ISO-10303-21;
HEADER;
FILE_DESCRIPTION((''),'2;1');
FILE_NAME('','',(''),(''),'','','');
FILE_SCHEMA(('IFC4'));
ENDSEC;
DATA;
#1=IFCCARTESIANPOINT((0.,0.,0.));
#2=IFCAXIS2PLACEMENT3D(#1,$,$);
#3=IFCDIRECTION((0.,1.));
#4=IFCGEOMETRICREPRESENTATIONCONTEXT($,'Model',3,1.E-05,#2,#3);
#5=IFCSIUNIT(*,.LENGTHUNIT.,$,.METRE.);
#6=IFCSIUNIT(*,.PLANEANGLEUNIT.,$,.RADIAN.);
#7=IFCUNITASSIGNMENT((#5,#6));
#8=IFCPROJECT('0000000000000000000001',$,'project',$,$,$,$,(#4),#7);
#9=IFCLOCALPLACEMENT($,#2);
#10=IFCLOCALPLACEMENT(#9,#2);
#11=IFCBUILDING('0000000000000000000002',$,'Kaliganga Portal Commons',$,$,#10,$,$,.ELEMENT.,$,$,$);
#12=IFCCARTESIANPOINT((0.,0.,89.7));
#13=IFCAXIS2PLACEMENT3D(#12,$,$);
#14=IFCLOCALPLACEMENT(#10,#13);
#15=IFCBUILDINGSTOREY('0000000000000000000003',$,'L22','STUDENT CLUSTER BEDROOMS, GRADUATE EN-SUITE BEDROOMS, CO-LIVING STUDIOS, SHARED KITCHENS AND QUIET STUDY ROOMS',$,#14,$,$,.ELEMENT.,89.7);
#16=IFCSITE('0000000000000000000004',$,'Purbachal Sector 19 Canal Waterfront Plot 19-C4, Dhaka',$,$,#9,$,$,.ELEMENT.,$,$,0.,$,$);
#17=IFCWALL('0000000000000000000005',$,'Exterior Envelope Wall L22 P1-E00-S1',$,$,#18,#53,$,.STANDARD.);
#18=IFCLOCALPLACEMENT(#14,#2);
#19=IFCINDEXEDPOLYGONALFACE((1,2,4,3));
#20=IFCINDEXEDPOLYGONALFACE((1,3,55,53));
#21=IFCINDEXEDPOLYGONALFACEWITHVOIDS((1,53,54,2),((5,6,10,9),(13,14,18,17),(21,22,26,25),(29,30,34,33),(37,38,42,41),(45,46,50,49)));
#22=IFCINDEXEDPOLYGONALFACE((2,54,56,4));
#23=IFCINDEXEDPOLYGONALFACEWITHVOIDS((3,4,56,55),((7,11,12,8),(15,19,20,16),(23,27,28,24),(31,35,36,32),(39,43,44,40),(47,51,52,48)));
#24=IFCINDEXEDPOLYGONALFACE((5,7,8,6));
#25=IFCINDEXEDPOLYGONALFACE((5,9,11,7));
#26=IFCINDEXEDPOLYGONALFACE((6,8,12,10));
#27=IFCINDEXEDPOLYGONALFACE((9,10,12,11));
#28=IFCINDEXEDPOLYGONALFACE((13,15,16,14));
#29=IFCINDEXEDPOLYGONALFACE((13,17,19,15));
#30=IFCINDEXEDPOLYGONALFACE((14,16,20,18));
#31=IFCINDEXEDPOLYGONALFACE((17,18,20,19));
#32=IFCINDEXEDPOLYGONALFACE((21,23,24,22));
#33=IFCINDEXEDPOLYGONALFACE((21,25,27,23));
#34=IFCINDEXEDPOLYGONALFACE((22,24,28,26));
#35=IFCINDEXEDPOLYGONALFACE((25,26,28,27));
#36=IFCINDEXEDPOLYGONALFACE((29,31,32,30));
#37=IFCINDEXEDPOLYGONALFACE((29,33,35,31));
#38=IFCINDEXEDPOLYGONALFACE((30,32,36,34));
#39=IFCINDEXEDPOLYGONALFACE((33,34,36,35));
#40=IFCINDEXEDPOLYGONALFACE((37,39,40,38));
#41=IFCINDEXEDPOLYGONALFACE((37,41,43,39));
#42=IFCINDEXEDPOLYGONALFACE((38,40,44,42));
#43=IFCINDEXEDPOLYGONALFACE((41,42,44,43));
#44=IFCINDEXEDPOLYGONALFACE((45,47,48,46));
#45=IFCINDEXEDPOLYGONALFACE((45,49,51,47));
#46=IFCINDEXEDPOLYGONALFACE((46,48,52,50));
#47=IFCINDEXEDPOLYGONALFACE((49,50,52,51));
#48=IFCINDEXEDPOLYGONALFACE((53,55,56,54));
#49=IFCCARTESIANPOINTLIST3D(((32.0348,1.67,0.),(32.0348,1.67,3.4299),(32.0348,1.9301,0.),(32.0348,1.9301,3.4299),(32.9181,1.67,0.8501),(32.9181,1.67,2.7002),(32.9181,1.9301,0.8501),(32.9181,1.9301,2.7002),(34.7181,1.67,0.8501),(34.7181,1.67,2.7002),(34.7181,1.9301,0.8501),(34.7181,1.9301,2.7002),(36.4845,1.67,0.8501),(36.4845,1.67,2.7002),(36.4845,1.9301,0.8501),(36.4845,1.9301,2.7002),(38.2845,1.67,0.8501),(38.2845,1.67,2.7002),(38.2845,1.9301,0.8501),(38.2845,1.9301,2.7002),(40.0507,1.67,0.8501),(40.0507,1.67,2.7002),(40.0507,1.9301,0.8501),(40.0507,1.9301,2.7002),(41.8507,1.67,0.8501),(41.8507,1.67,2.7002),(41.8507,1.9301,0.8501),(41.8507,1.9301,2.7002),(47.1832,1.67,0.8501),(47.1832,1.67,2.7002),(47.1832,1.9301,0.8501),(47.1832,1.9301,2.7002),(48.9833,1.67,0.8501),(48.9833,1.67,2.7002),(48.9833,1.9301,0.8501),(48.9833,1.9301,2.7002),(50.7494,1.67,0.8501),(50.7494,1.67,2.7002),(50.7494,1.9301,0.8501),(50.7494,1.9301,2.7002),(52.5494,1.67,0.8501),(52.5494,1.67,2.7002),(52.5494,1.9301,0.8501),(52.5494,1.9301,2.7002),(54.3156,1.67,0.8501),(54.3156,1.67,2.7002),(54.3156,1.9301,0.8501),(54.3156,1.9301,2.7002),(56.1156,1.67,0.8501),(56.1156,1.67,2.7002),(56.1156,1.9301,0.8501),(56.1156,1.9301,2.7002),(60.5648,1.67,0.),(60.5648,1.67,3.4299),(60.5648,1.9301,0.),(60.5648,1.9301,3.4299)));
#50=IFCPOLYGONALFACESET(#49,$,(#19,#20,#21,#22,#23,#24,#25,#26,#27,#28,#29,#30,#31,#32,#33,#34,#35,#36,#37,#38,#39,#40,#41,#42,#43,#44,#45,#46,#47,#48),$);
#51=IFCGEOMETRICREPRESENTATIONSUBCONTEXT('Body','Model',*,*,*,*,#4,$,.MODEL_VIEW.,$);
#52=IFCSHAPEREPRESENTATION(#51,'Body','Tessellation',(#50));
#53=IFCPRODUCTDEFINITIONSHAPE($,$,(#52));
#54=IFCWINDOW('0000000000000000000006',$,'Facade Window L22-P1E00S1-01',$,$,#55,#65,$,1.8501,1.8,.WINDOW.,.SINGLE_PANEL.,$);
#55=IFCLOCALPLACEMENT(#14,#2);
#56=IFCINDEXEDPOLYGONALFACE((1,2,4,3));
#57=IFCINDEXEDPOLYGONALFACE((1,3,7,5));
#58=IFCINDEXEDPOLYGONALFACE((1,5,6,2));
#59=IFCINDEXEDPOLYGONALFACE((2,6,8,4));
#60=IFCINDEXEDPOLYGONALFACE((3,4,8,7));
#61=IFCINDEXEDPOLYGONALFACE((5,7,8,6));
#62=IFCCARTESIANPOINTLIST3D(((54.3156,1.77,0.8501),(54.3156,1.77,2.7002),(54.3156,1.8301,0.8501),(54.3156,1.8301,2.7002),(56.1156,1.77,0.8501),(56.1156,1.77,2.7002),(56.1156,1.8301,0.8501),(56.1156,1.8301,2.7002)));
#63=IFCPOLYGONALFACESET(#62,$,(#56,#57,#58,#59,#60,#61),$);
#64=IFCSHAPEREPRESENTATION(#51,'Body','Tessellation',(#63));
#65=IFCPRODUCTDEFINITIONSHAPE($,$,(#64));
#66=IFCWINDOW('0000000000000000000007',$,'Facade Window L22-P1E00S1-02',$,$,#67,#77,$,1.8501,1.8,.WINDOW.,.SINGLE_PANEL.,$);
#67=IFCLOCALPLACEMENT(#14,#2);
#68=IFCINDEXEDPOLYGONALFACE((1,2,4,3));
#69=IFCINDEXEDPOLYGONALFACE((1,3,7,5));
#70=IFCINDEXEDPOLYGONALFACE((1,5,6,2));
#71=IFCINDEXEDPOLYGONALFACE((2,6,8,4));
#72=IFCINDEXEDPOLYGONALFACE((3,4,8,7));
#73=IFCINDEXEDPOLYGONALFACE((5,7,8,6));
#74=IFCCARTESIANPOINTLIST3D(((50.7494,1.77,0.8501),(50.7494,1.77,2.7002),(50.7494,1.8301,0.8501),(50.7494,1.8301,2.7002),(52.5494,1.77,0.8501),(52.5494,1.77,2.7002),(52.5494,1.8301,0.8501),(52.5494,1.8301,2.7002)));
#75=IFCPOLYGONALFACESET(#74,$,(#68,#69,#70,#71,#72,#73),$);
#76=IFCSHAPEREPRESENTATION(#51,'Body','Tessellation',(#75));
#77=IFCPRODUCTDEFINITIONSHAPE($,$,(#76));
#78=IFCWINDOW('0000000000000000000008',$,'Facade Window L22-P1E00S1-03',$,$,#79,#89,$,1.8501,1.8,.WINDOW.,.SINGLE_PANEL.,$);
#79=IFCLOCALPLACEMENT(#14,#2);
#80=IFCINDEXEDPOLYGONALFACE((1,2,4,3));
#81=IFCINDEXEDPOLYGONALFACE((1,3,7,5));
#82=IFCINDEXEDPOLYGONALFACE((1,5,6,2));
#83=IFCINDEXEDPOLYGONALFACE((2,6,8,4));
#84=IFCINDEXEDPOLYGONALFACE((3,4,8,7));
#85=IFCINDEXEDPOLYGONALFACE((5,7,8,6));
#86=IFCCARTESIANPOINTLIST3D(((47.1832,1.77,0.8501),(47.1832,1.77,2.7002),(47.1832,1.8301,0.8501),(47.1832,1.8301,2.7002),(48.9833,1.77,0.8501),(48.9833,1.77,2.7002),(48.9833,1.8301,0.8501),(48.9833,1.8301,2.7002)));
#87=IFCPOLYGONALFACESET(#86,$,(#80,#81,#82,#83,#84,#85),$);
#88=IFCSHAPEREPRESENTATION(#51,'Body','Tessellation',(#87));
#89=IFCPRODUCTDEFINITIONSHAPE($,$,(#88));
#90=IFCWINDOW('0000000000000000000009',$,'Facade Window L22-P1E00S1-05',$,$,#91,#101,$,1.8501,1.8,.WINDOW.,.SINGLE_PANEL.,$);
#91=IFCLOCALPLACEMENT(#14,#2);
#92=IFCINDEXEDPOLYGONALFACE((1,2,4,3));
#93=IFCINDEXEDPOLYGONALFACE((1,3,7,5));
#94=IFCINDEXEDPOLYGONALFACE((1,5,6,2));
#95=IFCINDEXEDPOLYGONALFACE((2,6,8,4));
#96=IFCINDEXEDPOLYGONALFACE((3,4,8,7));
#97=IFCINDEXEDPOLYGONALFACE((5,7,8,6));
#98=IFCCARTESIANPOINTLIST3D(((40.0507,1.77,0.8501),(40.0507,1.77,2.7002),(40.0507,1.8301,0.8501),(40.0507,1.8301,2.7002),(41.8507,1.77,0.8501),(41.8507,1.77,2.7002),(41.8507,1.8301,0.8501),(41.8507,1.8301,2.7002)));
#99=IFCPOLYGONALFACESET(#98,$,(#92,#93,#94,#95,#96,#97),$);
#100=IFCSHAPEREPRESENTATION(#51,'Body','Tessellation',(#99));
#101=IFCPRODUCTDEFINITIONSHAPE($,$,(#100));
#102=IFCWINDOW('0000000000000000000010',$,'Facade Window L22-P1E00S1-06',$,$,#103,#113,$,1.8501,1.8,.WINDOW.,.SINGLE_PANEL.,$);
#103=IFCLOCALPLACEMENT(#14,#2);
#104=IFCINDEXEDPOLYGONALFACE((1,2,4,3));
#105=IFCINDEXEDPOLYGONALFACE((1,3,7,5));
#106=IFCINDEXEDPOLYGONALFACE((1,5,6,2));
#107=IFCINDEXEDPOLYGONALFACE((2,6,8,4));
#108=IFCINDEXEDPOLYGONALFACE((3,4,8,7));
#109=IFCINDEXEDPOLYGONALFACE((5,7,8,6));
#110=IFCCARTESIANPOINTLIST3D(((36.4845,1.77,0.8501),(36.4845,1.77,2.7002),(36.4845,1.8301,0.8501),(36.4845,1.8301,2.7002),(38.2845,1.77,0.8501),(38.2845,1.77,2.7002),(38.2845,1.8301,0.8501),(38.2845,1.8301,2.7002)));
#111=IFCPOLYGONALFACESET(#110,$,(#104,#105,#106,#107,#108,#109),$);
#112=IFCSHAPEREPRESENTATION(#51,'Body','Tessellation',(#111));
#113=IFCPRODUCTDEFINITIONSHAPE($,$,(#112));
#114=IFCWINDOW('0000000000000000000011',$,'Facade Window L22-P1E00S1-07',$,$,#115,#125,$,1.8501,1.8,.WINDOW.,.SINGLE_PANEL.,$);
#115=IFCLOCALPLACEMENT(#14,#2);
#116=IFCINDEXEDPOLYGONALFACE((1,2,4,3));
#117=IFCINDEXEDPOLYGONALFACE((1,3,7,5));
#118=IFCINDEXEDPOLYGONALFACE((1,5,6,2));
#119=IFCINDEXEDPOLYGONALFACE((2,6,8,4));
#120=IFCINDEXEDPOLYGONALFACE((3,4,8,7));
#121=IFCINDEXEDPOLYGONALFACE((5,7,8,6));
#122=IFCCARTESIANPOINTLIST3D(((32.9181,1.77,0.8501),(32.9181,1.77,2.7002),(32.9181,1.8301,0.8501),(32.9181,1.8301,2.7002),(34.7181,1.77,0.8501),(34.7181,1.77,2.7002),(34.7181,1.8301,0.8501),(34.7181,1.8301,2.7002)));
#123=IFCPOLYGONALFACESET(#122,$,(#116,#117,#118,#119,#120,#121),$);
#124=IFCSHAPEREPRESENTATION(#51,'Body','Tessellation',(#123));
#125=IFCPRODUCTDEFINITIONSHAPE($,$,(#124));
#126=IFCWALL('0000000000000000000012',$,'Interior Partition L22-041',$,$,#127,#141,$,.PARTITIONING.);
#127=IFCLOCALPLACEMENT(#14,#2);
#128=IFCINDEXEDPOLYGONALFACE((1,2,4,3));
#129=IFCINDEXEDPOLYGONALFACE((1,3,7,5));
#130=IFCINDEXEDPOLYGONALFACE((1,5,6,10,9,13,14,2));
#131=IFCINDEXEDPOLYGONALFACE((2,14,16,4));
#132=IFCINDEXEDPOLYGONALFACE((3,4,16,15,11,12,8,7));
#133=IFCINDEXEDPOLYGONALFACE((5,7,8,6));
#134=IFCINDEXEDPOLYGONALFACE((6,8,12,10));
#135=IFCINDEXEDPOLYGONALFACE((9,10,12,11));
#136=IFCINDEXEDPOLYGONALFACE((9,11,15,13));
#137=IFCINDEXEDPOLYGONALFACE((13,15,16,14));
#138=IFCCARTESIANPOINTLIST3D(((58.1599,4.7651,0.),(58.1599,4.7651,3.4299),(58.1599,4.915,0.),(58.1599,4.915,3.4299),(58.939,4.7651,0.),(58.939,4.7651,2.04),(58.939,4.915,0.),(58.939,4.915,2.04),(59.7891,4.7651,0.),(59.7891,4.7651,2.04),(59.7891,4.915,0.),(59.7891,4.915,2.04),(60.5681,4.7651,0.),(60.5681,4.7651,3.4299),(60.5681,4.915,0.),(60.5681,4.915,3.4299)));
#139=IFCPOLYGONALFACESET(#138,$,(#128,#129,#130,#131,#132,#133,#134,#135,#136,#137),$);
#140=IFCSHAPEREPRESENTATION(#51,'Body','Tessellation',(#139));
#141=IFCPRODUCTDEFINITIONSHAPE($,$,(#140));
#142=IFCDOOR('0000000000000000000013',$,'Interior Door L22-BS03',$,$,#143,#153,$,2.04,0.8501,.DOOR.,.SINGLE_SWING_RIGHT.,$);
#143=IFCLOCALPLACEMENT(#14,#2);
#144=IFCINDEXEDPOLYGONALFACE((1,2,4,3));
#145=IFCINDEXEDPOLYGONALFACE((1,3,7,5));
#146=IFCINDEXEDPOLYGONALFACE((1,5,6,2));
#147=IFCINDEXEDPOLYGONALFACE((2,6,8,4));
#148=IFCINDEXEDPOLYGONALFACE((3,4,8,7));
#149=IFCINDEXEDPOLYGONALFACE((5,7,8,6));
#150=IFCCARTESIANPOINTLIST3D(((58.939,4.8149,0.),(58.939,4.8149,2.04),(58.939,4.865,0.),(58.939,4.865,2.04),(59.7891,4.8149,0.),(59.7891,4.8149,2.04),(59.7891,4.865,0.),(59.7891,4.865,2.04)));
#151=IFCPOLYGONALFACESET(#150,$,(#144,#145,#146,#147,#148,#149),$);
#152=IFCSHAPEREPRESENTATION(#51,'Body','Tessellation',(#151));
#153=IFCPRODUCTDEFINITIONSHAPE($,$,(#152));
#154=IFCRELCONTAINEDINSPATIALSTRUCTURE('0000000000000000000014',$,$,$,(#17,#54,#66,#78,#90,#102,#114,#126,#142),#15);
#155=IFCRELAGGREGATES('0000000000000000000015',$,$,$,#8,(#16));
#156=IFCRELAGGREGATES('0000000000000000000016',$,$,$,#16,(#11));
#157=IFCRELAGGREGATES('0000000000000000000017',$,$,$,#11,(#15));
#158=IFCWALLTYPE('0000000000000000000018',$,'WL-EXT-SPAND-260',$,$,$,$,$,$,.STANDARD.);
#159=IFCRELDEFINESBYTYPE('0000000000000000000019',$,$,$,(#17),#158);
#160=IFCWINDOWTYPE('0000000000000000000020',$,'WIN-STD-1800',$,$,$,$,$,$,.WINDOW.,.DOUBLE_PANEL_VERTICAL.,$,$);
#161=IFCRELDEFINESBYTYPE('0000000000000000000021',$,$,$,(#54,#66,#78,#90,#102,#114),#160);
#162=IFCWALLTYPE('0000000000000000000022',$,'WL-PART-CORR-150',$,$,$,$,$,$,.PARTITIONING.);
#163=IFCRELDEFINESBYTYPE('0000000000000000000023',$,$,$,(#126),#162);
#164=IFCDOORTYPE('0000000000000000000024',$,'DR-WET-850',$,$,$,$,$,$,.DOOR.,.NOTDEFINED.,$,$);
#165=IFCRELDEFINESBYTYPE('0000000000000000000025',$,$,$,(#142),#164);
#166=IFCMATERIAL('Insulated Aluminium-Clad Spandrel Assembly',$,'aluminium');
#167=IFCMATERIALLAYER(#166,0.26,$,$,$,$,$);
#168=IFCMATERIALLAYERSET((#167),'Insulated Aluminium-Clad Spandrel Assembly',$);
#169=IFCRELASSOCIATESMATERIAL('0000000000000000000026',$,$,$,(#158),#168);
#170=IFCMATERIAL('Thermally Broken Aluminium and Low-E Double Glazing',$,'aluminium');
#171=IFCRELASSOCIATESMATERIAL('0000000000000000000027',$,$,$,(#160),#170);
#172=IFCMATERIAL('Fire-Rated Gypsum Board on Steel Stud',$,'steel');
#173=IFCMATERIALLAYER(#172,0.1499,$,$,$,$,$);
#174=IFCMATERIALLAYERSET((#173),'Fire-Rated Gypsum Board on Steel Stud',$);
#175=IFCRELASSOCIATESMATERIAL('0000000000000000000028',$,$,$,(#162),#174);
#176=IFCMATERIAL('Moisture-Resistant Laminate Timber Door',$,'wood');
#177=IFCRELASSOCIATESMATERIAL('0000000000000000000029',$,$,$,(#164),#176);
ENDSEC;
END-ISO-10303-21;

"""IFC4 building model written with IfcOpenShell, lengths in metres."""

from ifc_helpers import new_model, si_unit, direction, frame, frame_2d, origin, place, context, subcontext, project, spatial, rectangle, extrude, material, layer, layer_set, type_object, element, fill, save


model = new_model("IFC4")

# Units and contexts
model_context = context("Model", 3, precision=1e-05, world=origin(), true_north=direction((0.0, 1.0)))
body_context = subcontext(model_context, "Body", "Model", "MODEL_VIEW")
ifc_project = project(units=[si_unit("LENGTHUNIT", "METRE"), si_unit("PLANEANGLEUNIT", "RADIAN")], contexts=[model_context])

# Site, building, storey
site_placement = place(None, origin())
site = spatial("IfcSite", under=ifc_project, at=site_placement, Name="Purbachal Sector 19 Canal Waterfront Plot 19-C4, Dhaka", CompositionType="ELEMENT", RefElevation=0.0)
building_placement = place(site_placement, origin())
building = spatial("IfcBuilding", under=site, at=building_placement, Name="Kaliganga Portal Commons", CompositionType="ELEMENT")
storey_placement = place(building_placement, frame((0.0, 0.0, 89.7)))
storey = spatial("IfcBuildingStorey", under=building, at=storey_placement, Name="L22", Description="STUDENT CLUSTER BEDROOMS, GRADUATE EN-SUITE BEDROOMS, CO-LIVING STUDIOS, SHARED KITCHENS AND QUIET STUDY ROOMS", CompositionType="ELEMENT", Elevation=89.7)

# Wall, openings, windows
ifc_material_1 = material(Name="Insulated Aluminium-Clad Spandrel Assembly", Category="aluminium")
ifc_layer_1 = layer(ifc_material_1, 0.26)
ifc_layer_set_1 = layer_set([ifc_layer_1], Name="Insulated Aluminium-Clad Spandrel Assembly")
wall_type_1 = type_object("IfcWallType", Name="WL-EXT-SPAND-260", PredefinedType="STANDARD", material=ifc_layer_set_1)
wall_1_placement = place(storey_placement, frame((60.5649, 1.8, 0.0), z_axis=(0.0, 0.0, 1.0), x_axis=(-1.0, 0.0, 0.0)))
wall_1 = element("IfcWall", 1, at=wall_1_placement, inside=storey, type_object=wall_type_1, Name="Exterior Envelope Wall L22 P1-E00-S1", PredefinedType="STANDARD", context=body_context, shape_type="SweptSolid", body=[
    extrude(rectangle(XDim=28.53, YDim=0.26, at=frame_2d((14.2651, 0.0))), origin(), (0.0, 0.0, 1.0), 3.4299),
])
opening_1_placement = place(wall_1_placement, frame((4.4495, 0.0, 0.8501)))
opening_1 = element("IfcOpeningElement", 2, at=opening_1_placement, cuts=wall_1, PredefinedType="OPENING", context=body_context, shape_type="SweptSolid", body=[
    extrude(rectangle(XDim=1.8, YDim=1.8501, at=frame_2d((0.8999, 0.925))), frame((0.0, 0.1401, 0.0), z_axis=(0.0, -1.0, 0.0), x_axis=(1.0, 0.0, 0.0)), (0.0, 0.0, 1.0), 0.28),
])
opening_2_placement = place(wall_1_placement, frame((8.0156, 0.0, 0.8501)))
opening_2 = element("IfcOpeningElement", 3, at=opening_2_placement, cuts=wall_1, PredefinedType="OPENING", context=body_context, shape_type="SweptSolid", body=[
    extrude(rectangle(XDim=1.8, YDim=1.8501, at=frame_2d((0.8999, 0.925))), frame((0.0, 0.1401, 0.0), z_axis=(0.0, -1.0, 0.0), x_axis=(1.0, 0.0, 0.0)), (0.0, 0.0, 1.0), 0.28),
])
opening_3_placement = place(wall_1_placement, frame((11.5818, 0.0, 0.8501)))
opening_3 = element("IfcOpeningElement", 4, at=opening_3_placement, cuts=wall_1, PredefinedType="OPENING", context=body_context, shape_type="SweptSolid", body=[
    extrude(rectangle(XDim=1.8, YDim=1.8501, at=frame_2d((0.8999, 0.925))), frame((0.0, 0.1401, 0.0), z_axis=(0.0, -1.0, 0.0), x_axis=(1.0, 0.0, 0.0)), (0.0, 0.0, 1.0), 0.28),
])
opening_4_placement = place(wall_1_placement, frame((18.7144, 0.0, 0.8501)))
opening_4 = element("IfcOpeningElement", 5, at=opening_4_placement, cuts=wall_1, PredefinedType="OPENING", context=body_context, shape_type="SweptSolid", body=[
    extrude(rectangle(XDim=1.8, YDim=1.8501, at=frame_2d((0.8999, 0.925))), frame((0.0, 0.1401, 0.0), z_axis=(0.0, -1.0, 0.0), x_axis=(1.0, 0.0, 0.0)), (0.0, 0.0, 1.0), 0.28),
])
opening_5_placement = place(wall_1_placement, frame((22.2805, 0.0, 0.8501)))
opening_5 = element("IfcOpeningElement", 6, at=opening_5_placement, cuts=wall_1, PredefinedType="OPENING", context=body_context, shape_type="SweptSolid", body=[
    extrude(rectangle(XDim=1.8, YDim=1.8501, at=frame_2d((0.8999, 0.925))), frame((0.0, 0.1401, 0.0), z_axis=(0.0, -1.0, 0.0), x_axis=(1.0, 0.0, 0.0)), (0.0, 0.0, 1.0), 0.28),
])
opening_6_placement = place(wall_1_placement, frame((25.8469, 0.0, 0.8501)))
opening_6 = element("IfcOpeningElement", 7, at=opening_6_placement, cuts=wall_1, PredefinedType="OPENING", context=body_context, shape_type="SweptSolid", body=[
    extrude(rectangle(XDim=1.8, YDim=1.8501, at=frame_2d((0.8999, 0.925))), frame((0.0, 0.1401, 0.0), z_axis=(0.0, -1.0, 0.0), x_axis=(1.0, 0.0, 0.0)), (0.0, 0.0, 1.0), 0.28),
])
ifc_material_2 = material(Name="Thermally Broken Aluminium and Low-E Double Glazing", Category="aluminium")
window_type = type_object("IfcWindowType", Name="WIN-STD-1800", PartitioningType="DOUBLE_PANEL_VERTICAL", PredefinedType="WINDOW", material=ifc_material_2)
window_1_placement = place(opening_1_placement, origin())
window_1 = element("IfcWindow", 8, at=window_1_placement, inside=storey, type_object=window_type, Name="Facade Window L22-P1E00S1-01", OverallHeight=1.8501, OverallWidth=1.8, PartitioningType="SINGLE_PANEL", PredefinedType="WINDOW", context=body_context, shape_type="SweptSolid", body=[
    extrude(rectangle(XDim=1.8, YDim=1.8501, at=frame_2d((0.8999, 0.925))), frame((0.0, 0.03, 0.0), z_axis=(0.0, -1.0, 0.0), x_axis=(1.0, 0.0, 0.0)), (0.0, 0.0, 1.0), 0.0601),
])
fill(opening_1, window_1)
window_2_placement = place(opening_2_placement, origin())
window_2 = element("IfcWindow", 9, at=window_2_placement, inside=storey, type_object=window_type, Name="Facade Window L22-P1E00S1-02", OverallHeight=1.8501, OverallWidth=1.8, PartitioningType="SINGLE_PANEL", PredefinedType="WINDOW", context=body_context, shape_type="SweptSolid", body=[
    extrude(rectangle(XDim=1.8, YDim=1.8501, at=frame_2d((0.8999, 0.925))), frame((0.0, 0.03, 0.0), z_axis=(0.0, -1.0, 0.0), x_axis=(1.0, 0.0, 0.0)), (0.0, 0.0, 1.0), 0.0601),
])
fill(opening_2, window_2)
window_3_placement = place(opening_3_placement, origin())
window_3 = element("IfcWindow", 10, at=window_3_placement, inside=storey, type_object=window_type, Name="Facade Window L22-P1E00S1-03", OverallHeight=1.8501, OverallWidth=1.8, PartitioningType="SINGLE_PANEL", PredefinedType="WINDOW", context=body_context, shape_type="SweptSolid", body=[
    extrude(rectangle(XDim=1.8, YDim=1.8501, at=frame_2d((0.8999, 0.925))), frame((0.0, 0.03, 0.0), z_axis=(0.0, -1.0, 0.0), x_axis=(1.0, 0.0, 0.0)), (0.0, 0.0, 1.0), 0.0601),
])
fill(opening_3, window_3)
window_4_placement = place(opening_4_placement, origin())
window_4 = element("IfcWindow", 11, at=window_4_placement, inside=storey, type_object=window_type, Name="Facade Window L22-P1E00S1-05", OverallHeight=1.8501, OverallWidth=1.8, PartitioningType="SINGLE_PANEL", PredefinedType="WINDOW", context=body_context, shape_type="SweptSolid", body=[
    extrude(rectangle(XDim=1.8, YDim=1.8501, at=frame_2d((0.8999, 0.925))), frame((0.0, 0.03, 0.0), z_axis=(0.0, -1.0, 0.0), x_axis=(1.0, 0.0, 0.0)), (0.0, 0.0, 1.0), 0.0601),
])
fill(opening_4, window_4)
window_5_placement = place(opening_5_placement, origin())
window_5 = element("IfcWindow", 12, at=window_5_placement, inside=storey, type_object=window_type, Name="Facade Window L22-P1E00S1-06", OverallHeight=1.8501, OverallWidth=1.8, PartitioningType="SINGLE_PANEL", PredefinedType="WINDOW", context=body_context, shape_type="SweptSolid", body=[
    extrude(rectangle(XDim=1.8, YDim=1.8501, at=frame_2d((0.8999, 0.925))), frame((0.0, 0.03, 0.0), z_axis=(0.0, -1.0, 0.0), x_axis=(1.0, 0.0, 0.0)), (0.0, 0.0, 1.0), 0.0601),
])
fill(opening_5, window_5)
window_6_placement = place(opening_6_placement, origin())
window_6 = element("IfcWindow", 13, at=window_6_placement, inside=storey, type_object=window_type, Name="Facade Window L22-P1E00S1-07", OverallHeight=1.8501, OverallWidth=1.8, PartitioningType="SINGLE_PANEL", PredefinedType="WINDOW", context=body_context, shape_type="SweptSolid", body=[
    extrude(rectangle(XDim=1.8, YDim=1.8501, at=frame_2d((0.8999, 0.925))), frame((0.0, 0.03, 0.0), z_axis=(0.0, -1.0, 0.0), x_axis=(1.0, 0.0, 0.0)), (0.0, 0.0, 1.0), 0.0601),
])
fill(opening_6, window_6)

# Wall, opening, door
ifc_material_3 = material(Name="Fire-Rated Gypsum Board on Steel Stud", Category="steel")
ifc_layer_2 = layer(ifc_material_3, 0.1499)
ifc_layer_set_2 = layer_set([ifc_layer_2], Name="Fire-Rated Gypsum Board on Steel Stud")
wall_type_2 = type_object("IfcWallType", Name="WL-PART-CORR-150", PredefinedType="PARTITIONING", material=ifc_layer_set_2)
wall_2_placement = place(storey_placement, frame((58.1599, 4.8401, 0.0), z_axis=(0.0, 0.0, 1.0), x_axis=(1.0, 0.0, 0.0)))
wall_2 = element("IfcWall", 14, at=wall_2_placement, inside=storey, type_object=wall_type_2, Name="Interior Partition L22-041", PredefinedType="PARTITIONING", context=body_context, shape_type="SweptSolid", body=[
    extrude(rectangle(XDim=2.4082, YDim=0.1499, at=frame_2d((1.2041, 0.0))), origin(), (0.0, 0.0, 1.0), 3.4299),
])
opening_7_placement = place(wall_2_placement, frame((0.7791, 0.0, 0.0)))
opening_7 = element("IfcOpeningElement", 15, at=opening_7_placement, cuts=wall_2, PredefinedType="OPENING", context=body_context, shape_type="SweptSolid", body=[
    extrude(rectangle(XDim=0.8501, YDim=2.04, at=frame_2d((0.425, 1.02))), frame((0.0, 0.085, 0.0), z_axis=(0.0, -1.0, 0.0), x_axis=(1.0, 0.0, 0.0)), (0.0, 0.0, 1.0), 0.1699),
])
ifc_material_4 = material(Name="Moisture-Resistant Laminate Timber Door", Category="wood")
door_type_1 = type_object("IfcDoorType", Name="DR-WET-850", OperationType="NOTDEFINED", PredefinedType="DOOR", material=ifc_material_4)
door_1_placement = place(opening_7_placement, origin())
door_1 = element("IfcDoor", 16, at=door_1_placement, inside=storey, type_object=door_type_1, Name="Interior Door L22-BS03", OperationType="SINGLE_SWING_RIGHT", OverallHeight=2.04, OverallWidth=0.8501, PredefinedType="DOOR", context=body_context, shape_type="SweptSolid", body=[
    extrude(rectangle(XDim=0.8501, YDim=2.04, at=frame_2d((0.425, 1.02))), frame((0.0, 0.0249, 0.0), z_axis=(0.0, -1.0, 0.0), x_axis=(1.0, 0.0, 0.0)), (0.0, 0.0, 1.0), 0.05),
])
fill(opening_7, door_1)

save(model, "model.ifc")
